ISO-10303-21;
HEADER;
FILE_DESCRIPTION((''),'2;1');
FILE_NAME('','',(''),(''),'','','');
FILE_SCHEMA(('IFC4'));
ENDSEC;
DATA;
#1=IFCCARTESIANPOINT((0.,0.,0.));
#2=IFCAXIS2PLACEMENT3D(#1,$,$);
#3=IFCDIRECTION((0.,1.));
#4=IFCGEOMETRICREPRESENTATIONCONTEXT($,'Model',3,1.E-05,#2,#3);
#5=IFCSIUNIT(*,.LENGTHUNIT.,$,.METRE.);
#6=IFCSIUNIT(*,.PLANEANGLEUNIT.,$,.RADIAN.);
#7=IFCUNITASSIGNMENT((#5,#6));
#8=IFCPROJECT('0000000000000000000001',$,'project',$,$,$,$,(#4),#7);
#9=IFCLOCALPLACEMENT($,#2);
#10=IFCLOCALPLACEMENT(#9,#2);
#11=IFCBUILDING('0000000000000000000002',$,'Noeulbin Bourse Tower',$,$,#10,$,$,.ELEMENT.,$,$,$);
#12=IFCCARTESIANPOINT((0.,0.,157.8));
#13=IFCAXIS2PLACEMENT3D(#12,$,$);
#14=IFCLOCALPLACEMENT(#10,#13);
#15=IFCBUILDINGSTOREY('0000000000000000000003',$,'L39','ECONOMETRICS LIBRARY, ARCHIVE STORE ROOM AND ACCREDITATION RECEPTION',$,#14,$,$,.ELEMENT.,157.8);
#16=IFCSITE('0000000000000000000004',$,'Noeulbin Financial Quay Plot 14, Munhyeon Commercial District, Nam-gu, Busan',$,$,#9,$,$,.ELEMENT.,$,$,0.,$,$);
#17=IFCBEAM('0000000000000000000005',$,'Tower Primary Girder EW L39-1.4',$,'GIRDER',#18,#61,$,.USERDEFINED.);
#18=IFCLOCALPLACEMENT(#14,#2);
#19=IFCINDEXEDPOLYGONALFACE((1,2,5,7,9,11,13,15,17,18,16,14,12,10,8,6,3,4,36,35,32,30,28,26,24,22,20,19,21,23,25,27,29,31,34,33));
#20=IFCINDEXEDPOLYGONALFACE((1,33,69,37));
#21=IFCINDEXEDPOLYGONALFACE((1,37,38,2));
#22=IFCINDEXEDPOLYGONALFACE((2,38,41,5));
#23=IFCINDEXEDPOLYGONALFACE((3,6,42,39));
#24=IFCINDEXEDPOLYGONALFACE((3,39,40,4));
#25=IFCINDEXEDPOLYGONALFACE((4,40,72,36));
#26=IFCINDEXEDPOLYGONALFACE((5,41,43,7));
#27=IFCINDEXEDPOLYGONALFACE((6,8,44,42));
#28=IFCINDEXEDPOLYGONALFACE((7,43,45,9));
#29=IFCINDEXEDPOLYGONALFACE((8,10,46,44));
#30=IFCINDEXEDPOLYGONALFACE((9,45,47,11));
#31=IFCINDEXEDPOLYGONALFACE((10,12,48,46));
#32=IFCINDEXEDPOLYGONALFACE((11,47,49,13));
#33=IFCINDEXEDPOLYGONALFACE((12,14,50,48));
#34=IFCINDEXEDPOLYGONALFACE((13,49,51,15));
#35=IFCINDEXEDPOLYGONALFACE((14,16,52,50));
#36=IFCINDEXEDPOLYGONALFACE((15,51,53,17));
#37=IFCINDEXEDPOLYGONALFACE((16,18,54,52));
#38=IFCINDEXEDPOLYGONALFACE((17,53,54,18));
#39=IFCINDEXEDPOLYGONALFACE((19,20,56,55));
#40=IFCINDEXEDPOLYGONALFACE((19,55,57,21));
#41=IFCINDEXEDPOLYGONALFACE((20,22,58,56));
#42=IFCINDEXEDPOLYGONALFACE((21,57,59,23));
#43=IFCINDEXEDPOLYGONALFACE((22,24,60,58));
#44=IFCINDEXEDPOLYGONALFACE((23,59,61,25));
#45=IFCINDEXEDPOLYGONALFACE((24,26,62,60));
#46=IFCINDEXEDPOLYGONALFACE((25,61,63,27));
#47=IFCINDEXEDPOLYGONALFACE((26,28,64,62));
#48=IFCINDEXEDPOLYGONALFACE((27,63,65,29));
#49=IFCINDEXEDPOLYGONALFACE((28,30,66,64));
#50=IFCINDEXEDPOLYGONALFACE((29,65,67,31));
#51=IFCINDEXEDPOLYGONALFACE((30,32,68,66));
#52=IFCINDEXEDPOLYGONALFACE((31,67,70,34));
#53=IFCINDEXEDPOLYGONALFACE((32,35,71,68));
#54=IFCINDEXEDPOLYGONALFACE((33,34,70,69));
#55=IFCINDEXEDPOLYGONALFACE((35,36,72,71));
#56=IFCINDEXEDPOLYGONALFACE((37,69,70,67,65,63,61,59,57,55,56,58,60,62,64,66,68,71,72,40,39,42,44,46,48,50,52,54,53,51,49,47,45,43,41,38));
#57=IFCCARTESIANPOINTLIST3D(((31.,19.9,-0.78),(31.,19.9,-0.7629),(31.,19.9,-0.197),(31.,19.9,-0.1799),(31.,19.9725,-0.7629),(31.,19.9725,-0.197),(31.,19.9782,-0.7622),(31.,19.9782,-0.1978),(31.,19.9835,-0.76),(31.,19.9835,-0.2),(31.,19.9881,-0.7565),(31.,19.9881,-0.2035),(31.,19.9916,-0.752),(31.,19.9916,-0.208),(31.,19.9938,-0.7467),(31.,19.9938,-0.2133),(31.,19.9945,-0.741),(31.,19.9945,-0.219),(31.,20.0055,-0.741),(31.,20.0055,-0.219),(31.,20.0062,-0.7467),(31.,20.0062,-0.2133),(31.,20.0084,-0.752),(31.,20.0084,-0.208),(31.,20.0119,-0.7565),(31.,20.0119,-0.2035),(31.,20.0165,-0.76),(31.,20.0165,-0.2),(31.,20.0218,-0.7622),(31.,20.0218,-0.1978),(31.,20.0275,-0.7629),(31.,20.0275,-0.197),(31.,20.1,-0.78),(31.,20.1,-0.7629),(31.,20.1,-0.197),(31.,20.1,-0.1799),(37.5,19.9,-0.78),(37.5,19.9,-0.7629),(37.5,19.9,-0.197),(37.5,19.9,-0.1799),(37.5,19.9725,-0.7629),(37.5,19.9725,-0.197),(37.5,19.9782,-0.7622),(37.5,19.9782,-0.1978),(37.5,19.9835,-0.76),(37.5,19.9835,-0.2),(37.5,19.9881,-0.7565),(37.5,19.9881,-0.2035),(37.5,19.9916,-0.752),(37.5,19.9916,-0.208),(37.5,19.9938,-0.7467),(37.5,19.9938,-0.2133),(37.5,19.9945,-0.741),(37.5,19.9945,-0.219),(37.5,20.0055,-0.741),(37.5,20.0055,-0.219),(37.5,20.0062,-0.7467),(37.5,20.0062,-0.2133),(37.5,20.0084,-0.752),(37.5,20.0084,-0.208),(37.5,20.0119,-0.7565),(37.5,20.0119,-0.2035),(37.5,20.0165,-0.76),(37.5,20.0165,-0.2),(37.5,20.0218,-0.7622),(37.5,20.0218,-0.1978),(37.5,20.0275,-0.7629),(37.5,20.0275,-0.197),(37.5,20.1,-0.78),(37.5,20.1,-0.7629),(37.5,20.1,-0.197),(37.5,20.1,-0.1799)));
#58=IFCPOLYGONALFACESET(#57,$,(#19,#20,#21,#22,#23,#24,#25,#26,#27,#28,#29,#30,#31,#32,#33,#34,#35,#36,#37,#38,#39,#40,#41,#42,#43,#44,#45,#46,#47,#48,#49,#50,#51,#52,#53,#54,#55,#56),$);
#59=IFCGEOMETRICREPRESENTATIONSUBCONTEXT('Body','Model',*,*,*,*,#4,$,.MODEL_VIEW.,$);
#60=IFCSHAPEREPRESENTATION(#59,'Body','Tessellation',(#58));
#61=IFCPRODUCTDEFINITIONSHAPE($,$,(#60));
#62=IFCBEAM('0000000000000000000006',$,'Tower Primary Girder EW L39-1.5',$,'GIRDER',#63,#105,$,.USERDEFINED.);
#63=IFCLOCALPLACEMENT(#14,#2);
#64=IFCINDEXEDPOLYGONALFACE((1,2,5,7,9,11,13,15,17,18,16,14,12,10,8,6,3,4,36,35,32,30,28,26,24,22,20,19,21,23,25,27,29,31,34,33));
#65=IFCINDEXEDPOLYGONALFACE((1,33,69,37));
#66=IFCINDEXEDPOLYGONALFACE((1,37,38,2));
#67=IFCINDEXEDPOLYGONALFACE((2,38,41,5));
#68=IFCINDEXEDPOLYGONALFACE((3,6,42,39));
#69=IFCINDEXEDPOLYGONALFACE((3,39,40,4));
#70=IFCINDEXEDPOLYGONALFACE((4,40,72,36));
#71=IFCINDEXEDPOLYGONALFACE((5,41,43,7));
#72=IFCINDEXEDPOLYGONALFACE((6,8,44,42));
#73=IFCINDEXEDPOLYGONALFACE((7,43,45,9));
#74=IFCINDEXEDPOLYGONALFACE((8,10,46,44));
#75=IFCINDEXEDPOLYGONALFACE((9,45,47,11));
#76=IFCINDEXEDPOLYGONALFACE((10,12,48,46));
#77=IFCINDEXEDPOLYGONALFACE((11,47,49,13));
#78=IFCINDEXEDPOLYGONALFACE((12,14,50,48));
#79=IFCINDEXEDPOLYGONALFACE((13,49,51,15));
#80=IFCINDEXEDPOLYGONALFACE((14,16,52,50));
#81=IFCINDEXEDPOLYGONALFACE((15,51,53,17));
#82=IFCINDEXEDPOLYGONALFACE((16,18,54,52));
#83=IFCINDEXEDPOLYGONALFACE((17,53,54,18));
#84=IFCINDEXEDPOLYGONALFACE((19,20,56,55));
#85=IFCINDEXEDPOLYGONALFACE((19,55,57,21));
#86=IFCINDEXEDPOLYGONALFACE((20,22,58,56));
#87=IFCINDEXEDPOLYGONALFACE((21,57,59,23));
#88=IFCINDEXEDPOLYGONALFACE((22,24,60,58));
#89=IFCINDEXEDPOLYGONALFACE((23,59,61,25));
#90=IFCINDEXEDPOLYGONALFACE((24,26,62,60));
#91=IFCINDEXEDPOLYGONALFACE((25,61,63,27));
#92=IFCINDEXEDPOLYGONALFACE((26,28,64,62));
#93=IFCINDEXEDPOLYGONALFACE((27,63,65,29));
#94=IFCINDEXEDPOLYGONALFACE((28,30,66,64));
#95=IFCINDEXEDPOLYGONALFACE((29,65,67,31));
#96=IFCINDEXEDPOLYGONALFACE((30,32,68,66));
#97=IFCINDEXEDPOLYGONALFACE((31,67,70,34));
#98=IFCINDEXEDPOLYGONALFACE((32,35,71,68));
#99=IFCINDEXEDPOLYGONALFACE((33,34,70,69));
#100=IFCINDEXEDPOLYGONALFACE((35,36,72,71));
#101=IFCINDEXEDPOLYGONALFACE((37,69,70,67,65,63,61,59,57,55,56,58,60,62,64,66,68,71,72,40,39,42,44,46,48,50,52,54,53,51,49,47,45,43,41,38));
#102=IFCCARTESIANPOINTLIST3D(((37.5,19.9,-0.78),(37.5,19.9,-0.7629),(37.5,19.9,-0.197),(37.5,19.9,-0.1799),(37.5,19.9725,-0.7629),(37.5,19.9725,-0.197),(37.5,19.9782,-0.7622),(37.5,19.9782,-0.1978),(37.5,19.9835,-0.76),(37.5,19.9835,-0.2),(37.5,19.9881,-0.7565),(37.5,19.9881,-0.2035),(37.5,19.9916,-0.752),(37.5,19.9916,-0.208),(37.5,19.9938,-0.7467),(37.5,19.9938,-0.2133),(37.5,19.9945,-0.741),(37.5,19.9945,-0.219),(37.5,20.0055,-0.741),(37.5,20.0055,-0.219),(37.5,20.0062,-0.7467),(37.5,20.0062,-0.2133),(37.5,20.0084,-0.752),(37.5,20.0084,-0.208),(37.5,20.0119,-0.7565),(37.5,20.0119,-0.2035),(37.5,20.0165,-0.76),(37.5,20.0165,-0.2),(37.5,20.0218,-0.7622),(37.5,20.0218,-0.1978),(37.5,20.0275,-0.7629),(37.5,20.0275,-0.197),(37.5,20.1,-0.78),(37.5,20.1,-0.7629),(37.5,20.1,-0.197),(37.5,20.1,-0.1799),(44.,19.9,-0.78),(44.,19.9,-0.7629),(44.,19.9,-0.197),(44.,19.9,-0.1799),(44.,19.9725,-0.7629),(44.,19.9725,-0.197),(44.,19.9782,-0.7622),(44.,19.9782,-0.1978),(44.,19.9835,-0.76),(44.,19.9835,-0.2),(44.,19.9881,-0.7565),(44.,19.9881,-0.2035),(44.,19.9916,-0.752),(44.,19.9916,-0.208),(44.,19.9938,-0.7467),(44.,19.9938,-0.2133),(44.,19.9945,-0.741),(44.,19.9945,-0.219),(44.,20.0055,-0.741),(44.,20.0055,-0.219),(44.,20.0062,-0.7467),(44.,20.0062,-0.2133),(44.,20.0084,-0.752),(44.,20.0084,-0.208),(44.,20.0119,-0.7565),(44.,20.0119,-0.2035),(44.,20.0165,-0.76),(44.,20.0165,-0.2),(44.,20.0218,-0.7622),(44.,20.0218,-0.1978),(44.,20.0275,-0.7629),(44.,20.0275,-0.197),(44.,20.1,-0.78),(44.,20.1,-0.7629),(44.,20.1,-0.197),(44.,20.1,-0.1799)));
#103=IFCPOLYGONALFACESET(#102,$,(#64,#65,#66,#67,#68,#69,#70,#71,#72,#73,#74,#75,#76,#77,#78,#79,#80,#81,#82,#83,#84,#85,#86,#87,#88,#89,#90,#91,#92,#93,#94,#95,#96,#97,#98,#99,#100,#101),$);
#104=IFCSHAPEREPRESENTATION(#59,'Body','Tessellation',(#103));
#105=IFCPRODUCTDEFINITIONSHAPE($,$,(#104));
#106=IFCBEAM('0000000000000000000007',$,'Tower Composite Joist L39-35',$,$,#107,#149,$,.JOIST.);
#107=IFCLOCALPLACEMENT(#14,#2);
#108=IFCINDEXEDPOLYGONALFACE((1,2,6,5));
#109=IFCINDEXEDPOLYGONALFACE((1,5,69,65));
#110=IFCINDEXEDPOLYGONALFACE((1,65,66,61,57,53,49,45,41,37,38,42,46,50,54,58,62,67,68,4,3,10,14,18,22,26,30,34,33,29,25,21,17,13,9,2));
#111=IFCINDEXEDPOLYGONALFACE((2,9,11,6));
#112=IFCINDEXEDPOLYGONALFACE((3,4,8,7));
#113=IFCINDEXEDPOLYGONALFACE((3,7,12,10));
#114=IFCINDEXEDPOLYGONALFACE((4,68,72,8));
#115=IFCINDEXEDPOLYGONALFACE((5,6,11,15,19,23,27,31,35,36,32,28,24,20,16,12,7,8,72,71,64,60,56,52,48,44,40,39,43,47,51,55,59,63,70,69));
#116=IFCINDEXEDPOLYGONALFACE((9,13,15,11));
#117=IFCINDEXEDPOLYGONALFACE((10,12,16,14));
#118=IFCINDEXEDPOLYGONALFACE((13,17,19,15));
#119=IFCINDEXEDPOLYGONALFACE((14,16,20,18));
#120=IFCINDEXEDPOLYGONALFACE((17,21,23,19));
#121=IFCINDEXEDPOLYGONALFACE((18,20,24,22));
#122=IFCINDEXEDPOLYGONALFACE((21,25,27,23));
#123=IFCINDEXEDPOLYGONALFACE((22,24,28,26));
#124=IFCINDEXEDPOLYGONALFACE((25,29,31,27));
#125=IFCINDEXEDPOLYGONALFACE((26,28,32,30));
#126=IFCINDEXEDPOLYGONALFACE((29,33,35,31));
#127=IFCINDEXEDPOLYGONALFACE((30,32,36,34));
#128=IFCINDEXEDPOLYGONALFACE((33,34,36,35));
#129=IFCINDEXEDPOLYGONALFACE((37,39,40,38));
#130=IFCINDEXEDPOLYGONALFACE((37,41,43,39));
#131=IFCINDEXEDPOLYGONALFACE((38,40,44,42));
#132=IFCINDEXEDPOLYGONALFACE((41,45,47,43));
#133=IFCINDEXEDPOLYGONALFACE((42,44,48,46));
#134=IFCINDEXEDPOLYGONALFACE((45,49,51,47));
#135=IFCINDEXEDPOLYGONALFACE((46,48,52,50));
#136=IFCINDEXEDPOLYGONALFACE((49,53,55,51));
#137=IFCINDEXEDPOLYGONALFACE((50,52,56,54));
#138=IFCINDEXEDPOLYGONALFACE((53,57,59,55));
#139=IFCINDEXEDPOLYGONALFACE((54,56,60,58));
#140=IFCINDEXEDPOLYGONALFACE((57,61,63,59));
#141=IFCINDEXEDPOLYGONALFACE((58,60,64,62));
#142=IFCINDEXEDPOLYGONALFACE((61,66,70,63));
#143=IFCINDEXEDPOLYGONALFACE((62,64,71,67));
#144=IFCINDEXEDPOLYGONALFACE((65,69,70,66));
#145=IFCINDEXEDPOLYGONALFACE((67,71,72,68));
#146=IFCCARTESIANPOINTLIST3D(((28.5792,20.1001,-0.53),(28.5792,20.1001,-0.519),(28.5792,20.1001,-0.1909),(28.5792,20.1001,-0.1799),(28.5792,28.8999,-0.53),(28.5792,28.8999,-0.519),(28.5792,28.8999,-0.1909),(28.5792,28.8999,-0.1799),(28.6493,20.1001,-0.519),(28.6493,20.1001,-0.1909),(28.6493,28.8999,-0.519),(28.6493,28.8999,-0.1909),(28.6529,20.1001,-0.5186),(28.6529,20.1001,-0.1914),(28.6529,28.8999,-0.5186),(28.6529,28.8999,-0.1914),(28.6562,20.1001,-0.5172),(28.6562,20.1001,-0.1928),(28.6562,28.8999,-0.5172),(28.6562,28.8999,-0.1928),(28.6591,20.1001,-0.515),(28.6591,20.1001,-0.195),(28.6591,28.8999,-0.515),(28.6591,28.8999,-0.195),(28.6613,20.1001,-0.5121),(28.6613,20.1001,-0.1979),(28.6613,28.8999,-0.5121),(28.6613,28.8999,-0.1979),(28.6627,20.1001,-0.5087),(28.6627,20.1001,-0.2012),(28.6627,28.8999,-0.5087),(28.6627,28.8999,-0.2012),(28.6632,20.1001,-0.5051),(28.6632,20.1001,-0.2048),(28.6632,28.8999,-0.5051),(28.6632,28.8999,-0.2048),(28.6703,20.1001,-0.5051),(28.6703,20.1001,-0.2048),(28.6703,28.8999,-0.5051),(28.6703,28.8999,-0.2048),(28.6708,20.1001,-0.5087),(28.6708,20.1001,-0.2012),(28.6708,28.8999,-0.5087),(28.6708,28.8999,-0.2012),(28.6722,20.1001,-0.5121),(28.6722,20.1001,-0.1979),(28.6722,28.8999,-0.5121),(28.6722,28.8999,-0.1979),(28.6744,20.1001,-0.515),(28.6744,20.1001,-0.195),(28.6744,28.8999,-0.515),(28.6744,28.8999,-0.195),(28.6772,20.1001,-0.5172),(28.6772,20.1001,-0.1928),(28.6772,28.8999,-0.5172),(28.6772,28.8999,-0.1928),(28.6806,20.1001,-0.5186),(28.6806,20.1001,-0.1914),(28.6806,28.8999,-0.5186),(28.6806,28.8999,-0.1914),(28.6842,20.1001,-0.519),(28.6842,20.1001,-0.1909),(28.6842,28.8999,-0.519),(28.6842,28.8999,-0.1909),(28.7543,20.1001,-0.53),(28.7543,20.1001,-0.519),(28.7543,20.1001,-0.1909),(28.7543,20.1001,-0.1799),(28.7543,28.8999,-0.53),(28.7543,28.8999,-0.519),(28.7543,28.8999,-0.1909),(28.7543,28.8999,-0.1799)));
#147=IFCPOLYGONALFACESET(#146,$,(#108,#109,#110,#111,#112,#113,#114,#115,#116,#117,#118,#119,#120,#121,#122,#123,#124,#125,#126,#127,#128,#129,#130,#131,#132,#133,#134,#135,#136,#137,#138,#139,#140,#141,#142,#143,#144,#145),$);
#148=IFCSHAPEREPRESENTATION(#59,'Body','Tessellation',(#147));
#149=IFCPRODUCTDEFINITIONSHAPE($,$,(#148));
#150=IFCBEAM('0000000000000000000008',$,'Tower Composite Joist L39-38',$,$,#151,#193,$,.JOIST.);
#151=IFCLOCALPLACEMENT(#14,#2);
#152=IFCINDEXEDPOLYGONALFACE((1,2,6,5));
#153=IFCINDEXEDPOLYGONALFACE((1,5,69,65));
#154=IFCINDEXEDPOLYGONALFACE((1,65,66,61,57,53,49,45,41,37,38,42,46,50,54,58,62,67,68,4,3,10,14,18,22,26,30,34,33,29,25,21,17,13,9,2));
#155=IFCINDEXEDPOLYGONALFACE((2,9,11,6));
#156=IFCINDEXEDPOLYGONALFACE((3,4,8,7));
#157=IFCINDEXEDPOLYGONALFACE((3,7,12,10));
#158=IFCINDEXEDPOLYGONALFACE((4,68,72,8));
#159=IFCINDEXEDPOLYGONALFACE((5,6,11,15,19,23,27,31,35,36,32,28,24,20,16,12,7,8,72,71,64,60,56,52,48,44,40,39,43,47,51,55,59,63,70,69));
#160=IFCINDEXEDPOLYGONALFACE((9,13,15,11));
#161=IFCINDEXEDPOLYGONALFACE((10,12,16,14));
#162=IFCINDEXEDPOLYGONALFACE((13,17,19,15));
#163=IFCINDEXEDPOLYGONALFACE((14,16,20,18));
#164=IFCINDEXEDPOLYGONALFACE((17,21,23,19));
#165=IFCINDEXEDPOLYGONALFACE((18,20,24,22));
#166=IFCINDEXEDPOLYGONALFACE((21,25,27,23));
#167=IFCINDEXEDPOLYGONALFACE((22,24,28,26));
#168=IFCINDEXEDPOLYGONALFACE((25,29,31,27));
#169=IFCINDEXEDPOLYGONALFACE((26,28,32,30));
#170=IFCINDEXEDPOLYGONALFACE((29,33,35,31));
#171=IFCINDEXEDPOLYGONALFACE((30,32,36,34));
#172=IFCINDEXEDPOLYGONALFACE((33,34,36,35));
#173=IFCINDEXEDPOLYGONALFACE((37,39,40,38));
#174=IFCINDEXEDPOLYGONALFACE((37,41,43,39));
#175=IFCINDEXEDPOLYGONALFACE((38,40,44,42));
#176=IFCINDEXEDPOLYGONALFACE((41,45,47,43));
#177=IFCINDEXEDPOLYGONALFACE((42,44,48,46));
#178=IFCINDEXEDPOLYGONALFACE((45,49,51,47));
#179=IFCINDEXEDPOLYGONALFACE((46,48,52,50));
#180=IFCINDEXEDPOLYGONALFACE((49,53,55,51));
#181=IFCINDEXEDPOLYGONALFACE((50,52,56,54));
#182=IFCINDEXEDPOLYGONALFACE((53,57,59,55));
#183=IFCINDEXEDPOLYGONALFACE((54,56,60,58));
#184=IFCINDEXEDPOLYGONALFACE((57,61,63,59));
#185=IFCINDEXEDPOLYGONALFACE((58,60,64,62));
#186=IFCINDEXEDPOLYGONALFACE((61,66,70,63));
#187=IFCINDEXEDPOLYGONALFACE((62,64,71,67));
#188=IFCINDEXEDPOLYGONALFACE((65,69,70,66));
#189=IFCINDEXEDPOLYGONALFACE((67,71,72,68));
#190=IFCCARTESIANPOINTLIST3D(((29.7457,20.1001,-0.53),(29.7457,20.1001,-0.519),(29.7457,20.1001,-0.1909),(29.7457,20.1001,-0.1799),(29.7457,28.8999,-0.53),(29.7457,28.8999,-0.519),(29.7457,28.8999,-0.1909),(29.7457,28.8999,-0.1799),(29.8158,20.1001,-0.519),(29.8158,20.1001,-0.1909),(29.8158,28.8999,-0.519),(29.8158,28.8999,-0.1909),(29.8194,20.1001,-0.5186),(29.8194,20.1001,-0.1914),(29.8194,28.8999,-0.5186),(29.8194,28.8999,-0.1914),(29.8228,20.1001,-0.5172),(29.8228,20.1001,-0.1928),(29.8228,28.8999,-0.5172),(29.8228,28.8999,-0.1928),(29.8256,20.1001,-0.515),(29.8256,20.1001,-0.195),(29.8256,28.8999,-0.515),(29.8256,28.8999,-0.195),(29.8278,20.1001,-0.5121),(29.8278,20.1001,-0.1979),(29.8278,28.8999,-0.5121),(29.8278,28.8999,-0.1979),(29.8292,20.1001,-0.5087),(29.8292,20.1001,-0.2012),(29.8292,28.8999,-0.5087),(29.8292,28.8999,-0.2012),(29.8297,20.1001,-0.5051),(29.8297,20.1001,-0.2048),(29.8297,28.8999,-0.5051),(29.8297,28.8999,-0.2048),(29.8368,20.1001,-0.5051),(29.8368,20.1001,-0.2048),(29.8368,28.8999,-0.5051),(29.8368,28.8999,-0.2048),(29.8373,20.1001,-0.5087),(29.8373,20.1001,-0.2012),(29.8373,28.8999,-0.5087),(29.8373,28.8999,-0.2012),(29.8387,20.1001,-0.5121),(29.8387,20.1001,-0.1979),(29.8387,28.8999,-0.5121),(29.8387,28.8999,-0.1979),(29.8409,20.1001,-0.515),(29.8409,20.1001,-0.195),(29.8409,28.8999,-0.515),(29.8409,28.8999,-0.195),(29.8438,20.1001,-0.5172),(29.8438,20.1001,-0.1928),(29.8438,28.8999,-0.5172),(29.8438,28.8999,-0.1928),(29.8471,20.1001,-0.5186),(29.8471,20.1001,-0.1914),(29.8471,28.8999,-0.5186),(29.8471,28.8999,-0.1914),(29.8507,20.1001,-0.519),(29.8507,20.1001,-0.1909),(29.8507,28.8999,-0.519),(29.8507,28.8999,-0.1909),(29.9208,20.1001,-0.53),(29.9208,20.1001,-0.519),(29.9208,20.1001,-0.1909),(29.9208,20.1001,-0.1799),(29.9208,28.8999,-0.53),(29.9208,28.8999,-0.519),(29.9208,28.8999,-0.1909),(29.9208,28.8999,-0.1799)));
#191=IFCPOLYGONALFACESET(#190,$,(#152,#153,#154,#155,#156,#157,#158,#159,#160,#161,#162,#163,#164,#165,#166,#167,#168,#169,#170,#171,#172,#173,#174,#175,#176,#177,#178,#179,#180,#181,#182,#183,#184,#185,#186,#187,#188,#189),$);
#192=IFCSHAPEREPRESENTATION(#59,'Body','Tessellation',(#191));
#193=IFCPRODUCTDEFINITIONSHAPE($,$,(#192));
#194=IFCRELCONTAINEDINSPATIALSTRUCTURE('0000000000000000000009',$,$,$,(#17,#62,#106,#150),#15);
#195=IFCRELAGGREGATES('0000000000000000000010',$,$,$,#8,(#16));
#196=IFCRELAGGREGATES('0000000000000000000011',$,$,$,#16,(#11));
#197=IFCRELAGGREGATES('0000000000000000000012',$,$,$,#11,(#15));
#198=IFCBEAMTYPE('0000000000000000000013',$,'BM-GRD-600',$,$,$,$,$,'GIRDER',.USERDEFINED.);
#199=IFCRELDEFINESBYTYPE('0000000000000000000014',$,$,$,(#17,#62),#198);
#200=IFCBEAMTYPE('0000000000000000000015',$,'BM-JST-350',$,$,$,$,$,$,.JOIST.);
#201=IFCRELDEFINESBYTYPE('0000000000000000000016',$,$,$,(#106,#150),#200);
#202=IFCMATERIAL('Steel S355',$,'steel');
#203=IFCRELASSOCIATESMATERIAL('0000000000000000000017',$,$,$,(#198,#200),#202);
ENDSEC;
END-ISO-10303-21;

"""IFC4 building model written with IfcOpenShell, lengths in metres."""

from ifc_helpers import new_model, si_unit, direction, frame, origin, origin_2d, place, context, subcontext, project, spatial, i_section, extrude, material, material_profile, profile_set, type_object, element, save


model = new_model("IFC4")

# Units and contexts
model_context = context("Model", 3, precision=1e-05, world=origin(), true_north=direction((0.0, 1.0)))
body_context = subcontext(model_context, "Body", "Model", "MODEL_VIEW")
ifc_project = project(units=[si_unit("LENGTHUNIT", "METRE"), si_unit("PLANEANGLEUNIT", "RADIAN")], contexts=[model_context])

# Site, building, storey
site_placement = place(None, origin())
site = spatial("IfcSite", under=ifc_project, at=site_placement, Name="Noeulbin Financial Quay Plot 14, Munhyeon Commercial District, Nam-gu, Busan", CompositionType="ELEMENT", RefElevation=0.0)
building_placement = place(site_placement, origin())
building = spatial("IfcBuilding", under=site, at=building_placement, Name="Noeulbin Bourse Tower", CompositionType="ELEMENT")
storey_placement = place(building_placement, frame((0.0, 0.0, 157.8)))
storey = spatial("IfcBuildingStorey", under=building, at=storey_placement, Name="L39", Description="ECONOMETRICS LIBRARY, ARCHIVE STORE ROOM AND ACCREDITATION RECEPTION", CompositionType="ELEMENT", Elevation=157.8)

# Beams
ifc_material_1 = material(Name="Steel S355", Category="steel")
ifc_material_profile_1 = material_profile(ifc_material_1, i_section(OverallWidth=0.2, OverallDepth=0.6001, WebThickness=0.011, FlangeThickness=0.0171, FilletRadius=0.022, at=origin_2d()), Name="H-600x200x11x17", Category="LoadBearing")
ifc_profile_set_1 = profile_set([ifc_material_profile_1], Name="Steel S355")
beam_type_1 = type_object("IfcBeamType", Name="BM-GRD-600", ElementType="GIRDER", PredefinedType="USERDEFINED", material=ifc_profile_set_1)
for number, where, z_axis, x_axis, name in (
    (1, (31.0, 20.0, -0.48), (1.0, 0.0, 0.0), (0.0, 1.0, 0.0), "Tower Primary Girder EW L39-1.4"),
    (2, (37.5, 20.0, -0.48), (1.0, 0.0, 0.0), (0.0, 1.0, 0.0), "Tower Primary Girder EW L39-1.5"),
):
    element("IfcBeam", number, at=place(storey_placement, frame(where, z_axis=z_axis, x_axis=x_axis)), inside=storey, type_object=beam_type_1, Name=name, ObjectType="GIRDER", PredefinedType="USERDEFINED", context=body_context, shape_type="SweptSolid", body=[
        extrude(i_section(OverallWidth=0.2, OverallDepth=0.6001, WebThickness=0.011, FlangeThickness=0.0171, FilletRadius=0.022, at=origin_2d()), origin(), (0.0, 0.0, 1.0), 6.5),
    ])
ifc_material_profile_2 = material_profile(ifc_material_1, i_section(OverallWidth=0.175, OverallDepth=0.3501, WebThickness=0.0071, FlangeThickness=0.011, FilletRadius=0.0139, at=origin_2d()), Name="H-350x175x7x11", Category="LoadBearing")
ifc_profile_set_2 = profile_set([ifc_material_profile_2], Name="Steel S355")
beam_type_2 = type_object("IfcBeamType", Name="BM-JST-350", PredefinedType="JOIST", material=ifc_profile_set_2)
for number, where, z_axis, x_axis, name in (
    (3, (28.6667, 20.1001, -0.355), (0.0, 1.0, 0.0), (-1.0, 0.0, 0.0), "Tower Composite Joist L39-35"),
    (4, (29.8333, 20.1001, -0.355), (0.0, 1.0, 0.0), (-1.0, 0.0, 0.0), "Tower Composite Joist L39-38"),
):
    element("IfcBeam", number, at=place(storey_placement, frame(where, z_axis=z_axis, x_axis=x_axis)), inside=storey, type_object=beam_type_2, Name=name, PredefinedType="JOIST", context=body_context, shape_type="SweptSolid", body=[
        extrude(i_section(OverallWidth=0.175, OverallDepth=0.3501, WebThickness=0.0071, FlangeThickness=0.011, FilletRadius=0.0139, at=origin_2d()), origin(), (0.0, 0.0, 1.0), 8.7998),
    ])

save(model, "model.ifc")
